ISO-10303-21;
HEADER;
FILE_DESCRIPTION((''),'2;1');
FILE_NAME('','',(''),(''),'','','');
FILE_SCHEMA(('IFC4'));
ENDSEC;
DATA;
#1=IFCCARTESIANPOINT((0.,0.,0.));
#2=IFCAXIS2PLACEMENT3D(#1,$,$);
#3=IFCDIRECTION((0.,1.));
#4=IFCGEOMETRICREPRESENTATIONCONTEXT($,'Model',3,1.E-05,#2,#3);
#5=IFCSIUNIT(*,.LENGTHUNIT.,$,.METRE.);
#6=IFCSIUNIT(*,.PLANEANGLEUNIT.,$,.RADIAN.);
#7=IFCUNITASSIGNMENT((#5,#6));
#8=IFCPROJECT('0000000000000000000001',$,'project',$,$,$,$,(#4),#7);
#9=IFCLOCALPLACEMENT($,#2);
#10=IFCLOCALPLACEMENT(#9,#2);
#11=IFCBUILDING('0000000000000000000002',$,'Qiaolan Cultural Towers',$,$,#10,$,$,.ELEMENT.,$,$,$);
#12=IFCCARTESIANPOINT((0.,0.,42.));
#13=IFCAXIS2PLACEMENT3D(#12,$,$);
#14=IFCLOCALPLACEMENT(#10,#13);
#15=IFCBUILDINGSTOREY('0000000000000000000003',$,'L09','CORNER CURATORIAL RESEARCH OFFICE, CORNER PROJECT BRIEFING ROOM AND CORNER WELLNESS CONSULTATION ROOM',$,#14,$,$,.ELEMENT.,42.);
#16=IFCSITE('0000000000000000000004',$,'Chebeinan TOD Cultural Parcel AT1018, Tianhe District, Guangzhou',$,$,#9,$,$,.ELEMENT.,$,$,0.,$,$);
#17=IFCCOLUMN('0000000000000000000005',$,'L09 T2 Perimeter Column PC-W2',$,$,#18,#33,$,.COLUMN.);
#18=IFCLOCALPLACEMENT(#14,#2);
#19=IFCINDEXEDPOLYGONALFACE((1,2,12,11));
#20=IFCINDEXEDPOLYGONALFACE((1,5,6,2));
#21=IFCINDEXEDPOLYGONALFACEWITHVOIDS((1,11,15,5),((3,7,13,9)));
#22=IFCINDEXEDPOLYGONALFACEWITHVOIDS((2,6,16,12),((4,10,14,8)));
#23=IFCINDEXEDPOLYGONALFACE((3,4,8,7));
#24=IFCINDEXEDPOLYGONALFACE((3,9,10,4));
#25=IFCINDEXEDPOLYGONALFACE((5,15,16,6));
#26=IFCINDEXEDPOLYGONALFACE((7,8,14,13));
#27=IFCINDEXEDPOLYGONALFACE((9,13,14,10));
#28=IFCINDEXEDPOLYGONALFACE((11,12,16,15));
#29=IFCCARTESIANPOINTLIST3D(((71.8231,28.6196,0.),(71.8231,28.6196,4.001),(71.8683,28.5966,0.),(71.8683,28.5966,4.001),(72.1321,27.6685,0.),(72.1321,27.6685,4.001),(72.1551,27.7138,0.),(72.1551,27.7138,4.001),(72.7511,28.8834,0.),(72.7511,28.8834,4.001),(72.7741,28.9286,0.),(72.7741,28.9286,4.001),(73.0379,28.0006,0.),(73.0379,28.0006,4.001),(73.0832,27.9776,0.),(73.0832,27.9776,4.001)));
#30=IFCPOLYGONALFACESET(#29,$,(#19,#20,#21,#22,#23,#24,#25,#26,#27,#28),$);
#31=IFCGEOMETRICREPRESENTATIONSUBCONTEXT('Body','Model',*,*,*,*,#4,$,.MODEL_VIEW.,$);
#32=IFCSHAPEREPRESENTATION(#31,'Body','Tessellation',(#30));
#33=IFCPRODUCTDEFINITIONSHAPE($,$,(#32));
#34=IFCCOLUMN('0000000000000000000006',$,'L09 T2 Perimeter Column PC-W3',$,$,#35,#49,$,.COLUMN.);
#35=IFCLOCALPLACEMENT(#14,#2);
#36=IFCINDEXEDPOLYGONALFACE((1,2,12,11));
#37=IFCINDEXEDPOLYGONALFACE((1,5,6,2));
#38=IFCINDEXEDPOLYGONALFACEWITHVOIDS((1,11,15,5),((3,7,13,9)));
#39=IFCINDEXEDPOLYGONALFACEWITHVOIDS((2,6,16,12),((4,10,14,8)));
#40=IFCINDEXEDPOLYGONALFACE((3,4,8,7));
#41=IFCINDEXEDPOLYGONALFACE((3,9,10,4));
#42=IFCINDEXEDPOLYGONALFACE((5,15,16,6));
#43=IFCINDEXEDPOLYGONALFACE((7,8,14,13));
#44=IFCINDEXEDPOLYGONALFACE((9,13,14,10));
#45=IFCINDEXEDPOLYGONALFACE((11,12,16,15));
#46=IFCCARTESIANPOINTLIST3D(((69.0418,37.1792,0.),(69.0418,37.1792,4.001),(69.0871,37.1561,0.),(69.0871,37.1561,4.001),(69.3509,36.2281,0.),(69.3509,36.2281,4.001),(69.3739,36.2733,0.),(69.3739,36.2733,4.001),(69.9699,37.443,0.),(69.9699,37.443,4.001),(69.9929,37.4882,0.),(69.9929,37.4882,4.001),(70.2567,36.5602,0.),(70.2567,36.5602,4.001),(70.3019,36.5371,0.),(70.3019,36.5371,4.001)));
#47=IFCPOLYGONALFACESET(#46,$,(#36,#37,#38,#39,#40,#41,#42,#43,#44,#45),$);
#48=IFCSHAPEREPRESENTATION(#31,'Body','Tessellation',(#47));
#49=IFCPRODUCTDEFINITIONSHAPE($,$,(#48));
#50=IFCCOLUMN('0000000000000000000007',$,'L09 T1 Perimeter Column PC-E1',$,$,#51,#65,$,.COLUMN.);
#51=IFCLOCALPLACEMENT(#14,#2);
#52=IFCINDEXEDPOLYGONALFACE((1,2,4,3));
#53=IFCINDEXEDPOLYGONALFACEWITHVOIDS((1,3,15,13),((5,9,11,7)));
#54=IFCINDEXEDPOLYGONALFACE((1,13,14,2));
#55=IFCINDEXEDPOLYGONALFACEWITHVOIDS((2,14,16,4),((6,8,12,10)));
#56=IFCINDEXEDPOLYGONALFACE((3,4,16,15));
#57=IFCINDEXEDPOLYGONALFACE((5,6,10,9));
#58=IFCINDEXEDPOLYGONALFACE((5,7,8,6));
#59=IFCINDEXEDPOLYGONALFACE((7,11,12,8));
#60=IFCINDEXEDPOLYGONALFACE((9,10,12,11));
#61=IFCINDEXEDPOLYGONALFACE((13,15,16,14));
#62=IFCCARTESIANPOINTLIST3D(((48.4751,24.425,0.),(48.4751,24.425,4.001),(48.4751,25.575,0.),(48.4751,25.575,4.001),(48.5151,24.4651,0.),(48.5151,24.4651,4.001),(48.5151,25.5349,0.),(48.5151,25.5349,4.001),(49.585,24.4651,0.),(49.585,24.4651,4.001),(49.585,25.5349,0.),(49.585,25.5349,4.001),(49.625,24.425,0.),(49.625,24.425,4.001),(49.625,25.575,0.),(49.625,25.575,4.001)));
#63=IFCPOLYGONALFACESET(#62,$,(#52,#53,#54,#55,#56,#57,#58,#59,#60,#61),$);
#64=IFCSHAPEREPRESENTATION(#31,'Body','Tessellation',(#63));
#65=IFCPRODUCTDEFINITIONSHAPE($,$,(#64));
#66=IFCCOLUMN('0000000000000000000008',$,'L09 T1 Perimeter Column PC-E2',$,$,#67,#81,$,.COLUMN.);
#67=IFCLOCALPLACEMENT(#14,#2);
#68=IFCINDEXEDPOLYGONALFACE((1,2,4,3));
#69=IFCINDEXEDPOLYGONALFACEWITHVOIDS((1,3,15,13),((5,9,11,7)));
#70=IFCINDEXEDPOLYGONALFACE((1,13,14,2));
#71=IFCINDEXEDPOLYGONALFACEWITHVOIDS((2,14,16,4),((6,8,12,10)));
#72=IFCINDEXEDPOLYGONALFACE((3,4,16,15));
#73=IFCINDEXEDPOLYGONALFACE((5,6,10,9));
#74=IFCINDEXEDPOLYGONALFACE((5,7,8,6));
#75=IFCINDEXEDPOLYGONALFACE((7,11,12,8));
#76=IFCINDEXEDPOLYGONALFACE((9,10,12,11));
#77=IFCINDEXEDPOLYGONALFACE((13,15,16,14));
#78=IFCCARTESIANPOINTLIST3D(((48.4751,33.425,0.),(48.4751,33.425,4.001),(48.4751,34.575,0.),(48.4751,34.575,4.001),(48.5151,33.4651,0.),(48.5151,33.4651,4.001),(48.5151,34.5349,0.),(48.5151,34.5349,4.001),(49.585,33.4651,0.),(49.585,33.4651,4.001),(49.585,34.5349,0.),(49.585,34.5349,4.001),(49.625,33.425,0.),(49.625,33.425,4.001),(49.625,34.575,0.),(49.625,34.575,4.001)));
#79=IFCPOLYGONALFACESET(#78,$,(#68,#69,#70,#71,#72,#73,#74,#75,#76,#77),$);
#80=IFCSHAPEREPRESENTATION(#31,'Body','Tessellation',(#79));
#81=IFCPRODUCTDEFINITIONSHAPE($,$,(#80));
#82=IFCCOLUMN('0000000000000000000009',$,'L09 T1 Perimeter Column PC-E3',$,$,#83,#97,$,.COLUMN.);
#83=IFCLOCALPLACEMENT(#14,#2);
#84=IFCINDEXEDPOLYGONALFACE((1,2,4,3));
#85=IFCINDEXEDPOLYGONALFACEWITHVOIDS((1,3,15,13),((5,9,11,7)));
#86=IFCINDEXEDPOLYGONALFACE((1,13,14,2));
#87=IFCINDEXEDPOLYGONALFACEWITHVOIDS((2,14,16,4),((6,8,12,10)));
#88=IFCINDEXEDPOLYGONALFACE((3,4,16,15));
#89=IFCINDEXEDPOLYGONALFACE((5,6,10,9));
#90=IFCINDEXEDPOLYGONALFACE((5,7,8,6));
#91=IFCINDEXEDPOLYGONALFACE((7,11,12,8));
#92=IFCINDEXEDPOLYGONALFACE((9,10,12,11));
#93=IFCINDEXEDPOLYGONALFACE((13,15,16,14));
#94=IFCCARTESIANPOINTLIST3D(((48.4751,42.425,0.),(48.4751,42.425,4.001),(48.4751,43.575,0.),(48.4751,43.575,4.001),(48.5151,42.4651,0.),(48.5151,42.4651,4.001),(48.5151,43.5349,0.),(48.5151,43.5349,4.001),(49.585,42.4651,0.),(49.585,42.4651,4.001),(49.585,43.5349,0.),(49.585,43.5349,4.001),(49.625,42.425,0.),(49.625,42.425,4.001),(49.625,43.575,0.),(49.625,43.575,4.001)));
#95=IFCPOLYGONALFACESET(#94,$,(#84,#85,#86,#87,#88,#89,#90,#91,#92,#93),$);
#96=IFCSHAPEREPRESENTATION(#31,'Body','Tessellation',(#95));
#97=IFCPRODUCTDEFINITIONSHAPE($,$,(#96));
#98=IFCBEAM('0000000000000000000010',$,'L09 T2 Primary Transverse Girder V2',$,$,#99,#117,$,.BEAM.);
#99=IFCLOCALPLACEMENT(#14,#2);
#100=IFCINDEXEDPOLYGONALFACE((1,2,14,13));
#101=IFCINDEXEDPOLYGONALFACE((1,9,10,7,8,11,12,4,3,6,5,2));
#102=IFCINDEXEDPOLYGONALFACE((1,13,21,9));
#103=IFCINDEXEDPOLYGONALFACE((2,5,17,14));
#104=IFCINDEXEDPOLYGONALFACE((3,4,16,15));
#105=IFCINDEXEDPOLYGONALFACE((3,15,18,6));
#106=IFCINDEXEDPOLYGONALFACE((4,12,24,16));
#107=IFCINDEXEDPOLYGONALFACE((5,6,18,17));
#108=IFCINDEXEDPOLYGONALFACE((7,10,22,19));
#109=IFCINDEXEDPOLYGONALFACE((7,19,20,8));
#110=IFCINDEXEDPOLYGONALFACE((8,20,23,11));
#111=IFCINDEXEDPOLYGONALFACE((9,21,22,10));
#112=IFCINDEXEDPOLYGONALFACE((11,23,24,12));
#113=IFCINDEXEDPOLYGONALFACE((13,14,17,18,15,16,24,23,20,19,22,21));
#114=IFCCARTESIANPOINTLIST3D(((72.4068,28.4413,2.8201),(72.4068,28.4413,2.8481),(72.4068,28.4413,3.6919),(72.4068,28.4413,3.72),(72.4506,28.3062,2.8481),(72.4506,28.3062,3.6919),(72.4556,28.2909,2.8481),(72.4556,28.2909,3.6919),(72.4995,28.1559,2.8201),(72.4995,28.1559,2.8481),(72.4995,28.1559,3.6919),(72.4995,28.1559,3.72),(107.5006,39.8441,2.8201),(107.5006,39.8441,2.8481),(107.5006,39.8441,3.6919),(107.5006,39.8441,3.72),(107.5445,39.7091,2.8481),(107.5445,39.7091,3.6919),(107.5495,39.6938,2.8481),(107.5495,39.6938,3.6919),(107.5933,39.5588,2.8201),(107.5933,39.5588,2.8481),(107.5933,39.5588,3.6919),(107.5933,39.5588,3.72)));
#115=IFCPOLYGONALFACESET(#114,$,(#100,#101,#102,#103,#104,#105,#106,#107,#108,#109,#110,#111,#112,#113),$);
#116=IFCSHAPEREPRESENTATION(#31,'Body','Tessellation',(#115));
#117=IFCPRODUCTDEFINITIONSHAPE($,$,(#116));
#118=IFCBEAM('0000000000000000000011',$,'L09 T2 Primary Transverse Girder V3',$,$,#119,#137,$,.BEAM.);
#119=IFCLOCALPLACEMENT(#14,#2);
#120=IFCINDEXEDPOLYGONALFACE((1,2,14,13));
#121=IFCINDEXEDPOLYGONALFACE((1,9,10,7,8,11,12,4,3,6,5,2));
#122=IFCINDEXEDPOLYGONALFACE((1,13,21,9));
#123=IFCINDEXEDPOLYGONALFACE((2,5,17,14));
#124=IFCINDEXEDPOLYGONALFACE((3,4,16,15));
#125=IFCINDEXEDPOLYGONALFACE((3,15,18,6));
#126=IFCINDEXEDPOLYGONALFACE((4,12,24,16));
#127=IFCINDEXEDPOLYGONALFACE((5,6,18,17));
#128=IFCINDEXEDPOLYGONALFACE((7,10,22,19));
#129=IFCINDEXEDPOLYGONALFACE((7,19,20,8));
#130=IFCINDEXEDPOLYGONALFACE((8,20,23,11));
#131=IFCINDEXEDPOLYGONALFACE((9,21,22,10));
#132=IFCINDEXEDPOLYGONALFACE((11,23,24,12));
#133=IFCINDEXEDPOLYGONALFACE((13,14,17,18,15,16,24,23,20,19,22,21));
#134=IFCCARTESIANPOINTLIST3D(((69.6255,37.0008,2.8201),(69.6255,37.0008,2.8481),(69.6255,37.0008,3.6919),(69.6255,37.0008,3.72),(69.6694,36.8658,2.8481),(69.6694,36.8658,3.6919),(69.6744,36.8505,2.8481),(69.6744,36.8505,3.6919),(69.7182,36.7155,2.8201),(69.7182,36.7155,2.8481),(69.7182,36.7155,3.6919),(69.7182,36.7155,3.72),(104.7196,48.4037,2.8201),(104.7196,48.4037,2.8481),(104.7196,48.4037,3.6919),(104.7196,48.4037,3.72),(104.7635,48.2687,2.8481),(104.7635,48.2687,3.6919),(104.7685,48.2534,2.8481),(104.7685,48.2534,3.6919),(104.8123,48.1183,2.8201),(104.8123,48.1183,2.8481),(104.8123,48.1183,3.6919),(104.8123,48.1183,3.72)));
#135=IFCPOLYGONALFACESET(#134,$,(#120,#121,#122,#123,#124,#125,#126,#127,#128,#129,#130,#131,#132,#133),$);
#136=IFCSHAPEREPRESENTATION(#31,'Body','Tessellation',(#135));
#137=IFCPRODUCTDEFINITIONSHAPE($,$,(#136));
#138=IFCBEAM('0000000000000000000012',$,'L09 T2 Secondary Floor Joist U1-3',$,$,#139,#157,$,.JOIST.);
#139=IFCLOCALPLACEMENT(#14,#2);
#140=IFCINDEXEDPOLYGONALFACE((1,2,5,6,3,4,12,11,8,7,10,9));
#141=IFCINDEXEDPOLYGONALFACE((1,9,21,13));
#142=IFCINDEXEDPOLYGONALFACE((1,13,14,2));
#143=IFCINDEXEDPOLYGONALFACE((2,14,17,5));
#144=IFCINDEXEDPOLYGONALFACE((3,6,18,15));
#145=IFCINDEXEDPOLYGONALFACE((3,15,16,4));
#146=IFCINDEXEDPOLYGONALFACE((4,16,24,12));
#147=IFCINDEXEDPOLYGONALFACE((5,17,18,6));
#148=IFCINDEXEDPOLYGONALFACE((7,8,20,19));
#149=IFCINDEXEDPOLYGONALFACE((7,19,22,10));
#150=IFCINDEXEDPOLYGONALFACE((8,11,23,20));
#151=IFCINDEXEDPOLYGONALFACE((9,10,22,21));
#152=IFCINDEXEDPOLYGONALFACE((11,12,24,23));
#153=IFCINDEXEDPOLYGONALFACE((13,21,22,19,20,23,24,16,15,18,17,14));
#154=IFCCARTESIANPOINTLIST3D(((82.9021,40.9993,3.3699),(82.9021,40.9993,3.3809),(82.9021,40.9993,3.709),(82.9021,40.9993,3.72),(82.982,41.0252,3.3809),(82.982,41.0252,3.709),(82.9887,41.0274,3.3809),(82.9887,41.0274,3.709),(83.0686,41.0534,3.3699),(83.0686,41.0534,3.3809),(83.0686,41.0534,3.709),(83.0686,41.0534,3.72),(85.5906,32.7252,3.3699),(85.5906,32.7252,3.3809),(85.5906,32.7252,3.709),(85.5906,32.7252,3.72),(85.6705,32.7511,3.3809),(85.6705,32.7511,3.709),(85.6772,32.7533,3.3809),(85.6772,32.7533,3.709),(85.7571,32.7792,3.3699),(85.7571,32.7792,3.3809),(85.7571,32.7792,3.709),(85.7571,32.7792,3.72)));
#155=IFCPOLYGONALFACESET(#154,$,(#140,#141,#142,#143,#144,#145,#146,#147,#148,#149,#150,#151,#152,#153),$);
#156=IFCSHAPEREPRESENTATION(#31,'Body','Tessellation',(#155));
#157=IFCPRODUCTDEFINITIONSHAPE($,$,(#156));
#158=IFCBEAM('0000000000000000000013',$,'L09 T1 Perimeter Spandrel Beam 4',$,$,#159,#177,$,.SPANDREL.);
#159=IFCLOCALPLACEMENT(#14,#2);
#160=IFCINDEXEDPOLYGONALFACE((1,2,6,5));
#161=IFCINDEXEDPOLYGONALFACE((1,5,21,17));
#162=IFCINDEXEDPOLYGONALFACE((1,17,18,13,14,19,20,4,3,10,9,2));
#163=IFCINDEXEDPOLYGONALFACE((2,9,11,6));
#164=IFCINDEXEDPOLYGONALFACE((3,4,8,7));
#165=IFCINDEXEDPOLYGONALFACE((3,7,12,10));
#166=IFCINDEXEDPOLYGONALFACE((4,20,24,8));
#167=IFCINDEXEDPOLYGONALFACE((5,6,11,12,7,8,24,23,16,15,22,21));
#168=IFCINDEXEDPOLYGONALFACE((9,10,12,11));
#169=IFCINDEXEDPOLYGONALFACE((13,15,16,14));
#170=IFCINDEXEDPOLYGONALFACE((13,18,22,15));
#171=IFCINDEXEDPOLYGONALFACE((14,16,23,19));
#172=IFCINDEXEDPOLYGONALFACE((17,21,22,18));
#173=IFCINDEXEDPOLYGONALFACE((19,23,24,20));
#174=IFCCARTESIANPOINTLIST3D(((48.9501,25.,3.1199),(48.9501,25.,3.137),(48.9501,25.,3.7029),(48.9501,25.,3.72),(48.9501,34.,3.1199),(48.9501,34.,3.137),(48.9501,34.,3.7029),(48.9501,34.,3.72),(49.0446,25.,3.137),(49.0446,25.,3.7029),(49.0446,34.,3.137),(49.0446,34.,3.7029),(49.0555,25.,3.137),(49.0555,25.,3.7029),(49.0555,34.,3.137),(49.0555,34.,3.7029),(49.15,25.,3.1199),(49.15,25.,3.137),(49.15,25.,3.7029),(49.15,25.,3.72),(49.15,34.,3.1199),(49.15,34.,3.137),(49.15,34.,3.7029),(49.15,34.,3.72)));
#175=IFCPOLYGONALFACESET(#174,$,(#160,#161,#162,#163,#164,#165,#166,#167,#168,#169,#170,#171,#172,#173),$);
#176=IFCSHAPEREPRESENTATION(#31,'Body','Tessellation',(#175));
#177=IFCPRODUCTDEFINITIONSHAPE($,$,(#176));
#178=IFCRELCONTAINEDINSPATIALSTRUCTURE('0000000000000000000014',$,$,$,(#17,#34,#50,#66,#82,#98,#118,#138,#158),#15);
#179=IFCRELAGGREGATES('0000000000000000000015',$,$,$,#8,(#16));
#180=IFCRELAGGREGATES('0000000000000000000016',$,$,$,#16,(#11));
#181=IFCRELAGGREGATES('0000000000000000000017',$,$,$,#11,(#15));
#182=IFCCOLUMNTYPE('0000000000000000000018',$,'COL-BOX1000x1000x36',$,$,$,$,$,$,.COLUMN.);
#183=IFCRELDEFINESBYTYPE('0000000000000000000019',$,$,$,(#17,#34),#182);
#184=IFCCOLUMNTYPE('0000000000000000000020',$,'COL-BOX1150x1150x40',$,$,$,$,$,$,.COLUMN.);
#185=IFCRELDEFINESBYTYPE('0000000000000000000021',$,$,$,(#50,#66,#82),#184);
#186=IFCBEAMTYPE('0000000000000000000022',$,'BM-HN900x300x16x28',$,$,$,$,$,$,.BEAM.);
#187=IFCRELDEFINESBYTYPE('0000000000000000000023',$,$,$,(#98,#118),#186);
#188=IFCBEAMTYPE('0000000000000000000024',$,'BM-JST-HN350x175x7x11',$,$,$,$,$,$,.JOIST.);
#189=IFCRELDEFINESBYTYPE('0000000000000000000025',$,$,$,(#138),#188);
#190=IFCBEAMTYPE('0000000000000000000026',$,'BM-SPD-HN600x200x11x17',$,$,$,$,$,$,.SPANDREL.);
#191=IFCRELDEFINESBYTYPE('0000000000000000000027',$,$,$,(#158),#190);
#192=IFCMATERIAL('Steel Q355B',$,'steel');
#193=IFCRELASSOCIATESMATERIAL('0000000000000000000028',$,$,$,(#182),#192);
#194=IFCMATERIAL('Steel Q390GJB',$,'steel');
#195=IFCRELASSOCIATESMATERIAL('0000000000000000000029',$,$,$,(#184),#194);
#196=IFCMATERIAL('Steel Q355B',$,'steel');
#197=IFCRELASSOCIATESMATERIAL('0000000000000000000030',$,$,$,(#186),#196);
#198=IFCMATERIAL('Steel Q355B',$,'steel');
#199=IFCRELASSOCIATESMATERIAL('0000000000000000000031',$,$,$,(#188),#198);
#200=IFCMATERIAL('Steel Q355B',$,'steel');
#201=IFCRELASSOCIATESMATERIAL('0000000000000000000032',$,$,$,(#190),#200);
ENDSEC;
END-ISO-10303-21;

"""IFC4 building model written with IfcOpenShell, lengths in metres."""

from ifc_helpers import new_model, si_unit, direction, frame, origin, origin_2d, place, context, subcontext, project, spatial, hollow_rectangle, i_section, extrude, material, material_profile, profile_set, type_object, element, save


model = new_model("IFC4")

# Units and contexts
model_context = context("Model", 3, precision=1e-05, world=origin(), true_north=direction((0.0, 1.0)))
body_context = subcontext(model_context, "Body", "Model", "MODEL_VIEW")
ifc_project = project(units=[si_unit("LENGTHUNIT", "METRE"), si_unit("PLANEANGLEUNIT", "RADIAN")], contexts=[model_context])

# Site, building, storey
site_placement = place(None, origin())
site = spatial("IfcSite", under=ifc_project, at=site_placement, Name="Chebeinan TOD Cultural Parcel AT1018, Tianhe District, Guangzhou", CompositionType="ELEMENT", RefElevation=0.0)
building_placement = place(site_placement, origin())
building = spatial("IfcBuilding", under=site, at=building_placement, Name="Qiaolan Cultural Towers", CompositionType="ELEMENT")
storey_placement = place(building_placement, frame((0.0, 0.0, 42.0)))
storey = spatial("IfcBuildingStorey", under=building, at=storey_placement, Name="L09", Description="CORNER CURATORIAL RESEARCH OFFICE, CORNER PROJECT BRIEFING ROOM AND CORNER WELLNESS CONSULTATION ROOM", CompositionType="ELEMENT", Elevation=42.0)

# Columns
ifc_material_1 = material(Name="Steel Q355B", Category="steel")
ifc_material_profile_1 = material_profile(ifc_material_1, hollow_rectangle(XDim=1.0, YDim=1.0, WallThickness=0.0359, at=origin_2d()), Name="BOX1000x1000x36")
ifc_profile_set_1 = profile_set([ifc_material_profile_1], Name="Steel Q355B")
column_type_1 = type_object("IfcColumnType", Name="COL-BOX1000x1000x36", PredefinedType="COLUMN", material=ifc_profile_set_1)
for number, where, z_axis, x_axis, name in (
    (1, (72.4531, 28.2986, 0.0), (0.0, 0.0, 1.0), (0.951057, 0.309017, 0.0), "L09 T2 Perimeter Column PC-W2"),
    (2, (69.6719, 36.8582, 0.0), (0.0, 0.0, 1.0), (0.951057, 0.309017, 0.0), "L09 T2 Perimeter Column PC-W3"),
):
    element("IfcColumn", number, at=place(storey_placement, frame(where, z_axis=z_axis, x_axis=x_axis)), inside=storey, type_object=column_type_1, Name=name, PredefinedType="COLUMN", context=body_context, shape_type="SweptSolid", body=[
        extrude(hollow_rectangle(XDim=1.0, YDim=1.0, WallThickness=0.0359, at=origin_2d()), origin(), (0.0, 0.0, 1.0), 4.001),
    ])
ifc_material_2 = material(Name="Steel Q390GJB", Category="steel")
ifc_material_profile_2 = material_profile(ifc_material_2, hollow_rectangle(XDim=1.1499, YDim=1.1499, WallThickness=0.04, at=origin_2d()), Name="BOX1150x1150x40")
ifc_profile_set_2 = profile_set([ifc_material_profile_2], Name="Steel Q390GJB")
column_type_2 = type_object("IfcColumnType", Name="COL-BOX1150x1150x40", PredefinedType="COLUMN", material=ifc_profile_set_2)
for number, where, z_axis, x_axis, name in (
    (3, (49.05, 25.0, 0.0), (0.0, 0.0, 1.0), (1.0, 0.0, 0.0), "L09 T1 Perimeter Column PC-E1"),
    (4, (49.05, 34.0, 0.0), (0.0, 0.0, 1.0), (1.0, 0.0, 0.0), "L09 T1 Perimeter Column PC-E2"),
    (5, (49.05, 43.0, 0.0), (0.0, 0.0, 1.0), (1.0, 0.0, 0.0), "L09 T1 Perimeter Column PC-E3"),
):
    element("IfcColumn", number, at=place(storey_placement, frame(where, z_axis=z_axis, x_axis=x_axis)), inside=storey, type_object=column_type_2, Name=name, PredefinedType="COLUMN", context=body_context, shape_type="SweptSolid", body=[
        extrude(hollow_rectangle(XDim=1.1499, YDim=1.1499, WallThickness=0.04, at=origin_2d()), origin(), (0.0, 0.0, 1.0), 4.001),
    ])

# Beams
ifc_material_3 = material(Name="Steel Q355B", Category="steel")
ifc_material_profile_3 = material_profile(ifc_material_3, i_section(OverallWidth=0.3, OverallDepth=0.8999, WebThickness=0.0161, FlangeThickness=0.0281, at=origin_2d()), Name="HN900x300x16x28")
ifc_profile_set_3 = profile_set([ifc_material_profile_3], Name="Steel Q355B")
beam_type_1 = type_object("IfcBeamType", Name="BM-HN900x300x16x28", PredefinedType="BEAM", material=ifc_profile_set_3)
beam_1_placement = place(storey_placement, frame((72.4531, 28.2986, 3.27), z_axis=(0.951055, 0.309021, 0.0), x_axis=(-0.309021, 0.951055, 0.0)))
element("IfcBeam", 6, at=beam_1_placement, inside=storey, type_object=beam_type_1, Name="L09 T2 Primary Transverse Girder V2", PredefinedType="BEAM", context=body_context, shape_type="SweptSolid", body=[
    extrude(i_section(OverallWidth=0.3, OverallDepth=0.8999, WebThickness=0.0161, FlangeThickness=0.0281, at=origin_2d()), origin(), (0.0, 0.0, 1.0), 36.8999),
])
beam_2_placement = place(storey_placement, frame((69.6719, 36.8582, 3.27), z_axis=(0.951056, 0.309019, 0.0), x_axis=(-0.309019, 0.951056, 0.0)))
element("IfcBeam", 7, at=beam_2_placement, inside=storey, type_object=beam_type_1, Name="L09 T2 Primary Transverse Girder V3", PredefinedType="BEAM", context=body_context, shape_type="SweptSolid", body=[
    extrude(i_section(OverallWidth=0.3, OverallDepth=0.8999, WebThickness=0.0161, FlangeThickness=0.0281, at=origin_2d()), origin(), (0.0, 0.0, 1.0), 36.9001),
])
ifc_material_4 = material(Name="Steel Q355B", Category="steel")
ifc_material_profile_4 = material_profile(ifc_material_4, i_section(OverallWidth=0.175, OverallDepth=0.3501, WebThickness=0.0071, FlangeThickness=0.011, at=origin_2d()), Name="HN350x175x7x11")
ifc_profile_set_4 = profile_set([ifc_material_profile_4], Name="Steel Q355B")
beam_type_2 = type_object("IfcBeamType", Name="BM-JST-HN350x175x7x11", PredefinedType="JOIST", material=ifc_profile_set_4)
beam_3_placement = place(storey_placement, frame((85.6738, 32.7522, 3.5449), z_axis=(-0.309021, 0.951055, 0.0), x_axis=(-0.951055, -0.309021, 0.0)))
element("IfcBeam", 8, at=beam_3_placement, inside=storey, type_object=beam_type_2, Name="L09 T2 Secondary Floor Joist U1-3", PredefinedType="JOIST", context=body_context, shape_type="SweptSolid", body=[
    extrude(i_section(OverallWidth=0.175, OverallDepth=0.3501, WebThickness=0.0071, FlangeThickness=0.011, at=origin_2d()), origin(), (0.0, 0.0, 1.0), 8.7),
])
ifc_material_5 = material(Name="Steel Q355B", Category="steel")
ifc_material_profile_5 = material_profile(ifc_material_5, i_section(OverallWidth=0.2, OverallDepth=0.6001, WebThickness=0.011, FlangeThickness=0.0171, at=origin_2d()), Name="HN600x200x11x17")
ifc_profile_set_5 = profile_set([ifc_material_profile_5], Name="Steel Q355B")
beam_type_3 = type_object("IfcBeamType", Name="BM-SPD-HN600x200x11x17", PredefinedType="SPANDREL", material=ifc_profile_set_5)
for number, where, z_axis, x_axis, name in (
    (9, (49.05, 25.0, 3.4199), (0.0, 1.0, 0.0), (-1.0, 0.0, 0.0), "L09 T1 Perimeter Spandrel Beam 4"),
):
    element("IfcBeam", number, at=place(storey_placement, frame(where, z_axis=z_axis, x_axis=x_axis)), inside=storey, type_object=beam_type_3, Name=name, PredefinedType="SPANDREL", context=body_context, shape_type="SweptSolid", body=[
        extrude(i_section(OverallWidth=0.2, OverallDepth=0.6001, WebThickness=0.011, FlangeThickness=0.0171, at=origin_2d()), origin(), (0.0, 0.0, 1.0), 9.0),
    ])

save(model, "model.ifc")
